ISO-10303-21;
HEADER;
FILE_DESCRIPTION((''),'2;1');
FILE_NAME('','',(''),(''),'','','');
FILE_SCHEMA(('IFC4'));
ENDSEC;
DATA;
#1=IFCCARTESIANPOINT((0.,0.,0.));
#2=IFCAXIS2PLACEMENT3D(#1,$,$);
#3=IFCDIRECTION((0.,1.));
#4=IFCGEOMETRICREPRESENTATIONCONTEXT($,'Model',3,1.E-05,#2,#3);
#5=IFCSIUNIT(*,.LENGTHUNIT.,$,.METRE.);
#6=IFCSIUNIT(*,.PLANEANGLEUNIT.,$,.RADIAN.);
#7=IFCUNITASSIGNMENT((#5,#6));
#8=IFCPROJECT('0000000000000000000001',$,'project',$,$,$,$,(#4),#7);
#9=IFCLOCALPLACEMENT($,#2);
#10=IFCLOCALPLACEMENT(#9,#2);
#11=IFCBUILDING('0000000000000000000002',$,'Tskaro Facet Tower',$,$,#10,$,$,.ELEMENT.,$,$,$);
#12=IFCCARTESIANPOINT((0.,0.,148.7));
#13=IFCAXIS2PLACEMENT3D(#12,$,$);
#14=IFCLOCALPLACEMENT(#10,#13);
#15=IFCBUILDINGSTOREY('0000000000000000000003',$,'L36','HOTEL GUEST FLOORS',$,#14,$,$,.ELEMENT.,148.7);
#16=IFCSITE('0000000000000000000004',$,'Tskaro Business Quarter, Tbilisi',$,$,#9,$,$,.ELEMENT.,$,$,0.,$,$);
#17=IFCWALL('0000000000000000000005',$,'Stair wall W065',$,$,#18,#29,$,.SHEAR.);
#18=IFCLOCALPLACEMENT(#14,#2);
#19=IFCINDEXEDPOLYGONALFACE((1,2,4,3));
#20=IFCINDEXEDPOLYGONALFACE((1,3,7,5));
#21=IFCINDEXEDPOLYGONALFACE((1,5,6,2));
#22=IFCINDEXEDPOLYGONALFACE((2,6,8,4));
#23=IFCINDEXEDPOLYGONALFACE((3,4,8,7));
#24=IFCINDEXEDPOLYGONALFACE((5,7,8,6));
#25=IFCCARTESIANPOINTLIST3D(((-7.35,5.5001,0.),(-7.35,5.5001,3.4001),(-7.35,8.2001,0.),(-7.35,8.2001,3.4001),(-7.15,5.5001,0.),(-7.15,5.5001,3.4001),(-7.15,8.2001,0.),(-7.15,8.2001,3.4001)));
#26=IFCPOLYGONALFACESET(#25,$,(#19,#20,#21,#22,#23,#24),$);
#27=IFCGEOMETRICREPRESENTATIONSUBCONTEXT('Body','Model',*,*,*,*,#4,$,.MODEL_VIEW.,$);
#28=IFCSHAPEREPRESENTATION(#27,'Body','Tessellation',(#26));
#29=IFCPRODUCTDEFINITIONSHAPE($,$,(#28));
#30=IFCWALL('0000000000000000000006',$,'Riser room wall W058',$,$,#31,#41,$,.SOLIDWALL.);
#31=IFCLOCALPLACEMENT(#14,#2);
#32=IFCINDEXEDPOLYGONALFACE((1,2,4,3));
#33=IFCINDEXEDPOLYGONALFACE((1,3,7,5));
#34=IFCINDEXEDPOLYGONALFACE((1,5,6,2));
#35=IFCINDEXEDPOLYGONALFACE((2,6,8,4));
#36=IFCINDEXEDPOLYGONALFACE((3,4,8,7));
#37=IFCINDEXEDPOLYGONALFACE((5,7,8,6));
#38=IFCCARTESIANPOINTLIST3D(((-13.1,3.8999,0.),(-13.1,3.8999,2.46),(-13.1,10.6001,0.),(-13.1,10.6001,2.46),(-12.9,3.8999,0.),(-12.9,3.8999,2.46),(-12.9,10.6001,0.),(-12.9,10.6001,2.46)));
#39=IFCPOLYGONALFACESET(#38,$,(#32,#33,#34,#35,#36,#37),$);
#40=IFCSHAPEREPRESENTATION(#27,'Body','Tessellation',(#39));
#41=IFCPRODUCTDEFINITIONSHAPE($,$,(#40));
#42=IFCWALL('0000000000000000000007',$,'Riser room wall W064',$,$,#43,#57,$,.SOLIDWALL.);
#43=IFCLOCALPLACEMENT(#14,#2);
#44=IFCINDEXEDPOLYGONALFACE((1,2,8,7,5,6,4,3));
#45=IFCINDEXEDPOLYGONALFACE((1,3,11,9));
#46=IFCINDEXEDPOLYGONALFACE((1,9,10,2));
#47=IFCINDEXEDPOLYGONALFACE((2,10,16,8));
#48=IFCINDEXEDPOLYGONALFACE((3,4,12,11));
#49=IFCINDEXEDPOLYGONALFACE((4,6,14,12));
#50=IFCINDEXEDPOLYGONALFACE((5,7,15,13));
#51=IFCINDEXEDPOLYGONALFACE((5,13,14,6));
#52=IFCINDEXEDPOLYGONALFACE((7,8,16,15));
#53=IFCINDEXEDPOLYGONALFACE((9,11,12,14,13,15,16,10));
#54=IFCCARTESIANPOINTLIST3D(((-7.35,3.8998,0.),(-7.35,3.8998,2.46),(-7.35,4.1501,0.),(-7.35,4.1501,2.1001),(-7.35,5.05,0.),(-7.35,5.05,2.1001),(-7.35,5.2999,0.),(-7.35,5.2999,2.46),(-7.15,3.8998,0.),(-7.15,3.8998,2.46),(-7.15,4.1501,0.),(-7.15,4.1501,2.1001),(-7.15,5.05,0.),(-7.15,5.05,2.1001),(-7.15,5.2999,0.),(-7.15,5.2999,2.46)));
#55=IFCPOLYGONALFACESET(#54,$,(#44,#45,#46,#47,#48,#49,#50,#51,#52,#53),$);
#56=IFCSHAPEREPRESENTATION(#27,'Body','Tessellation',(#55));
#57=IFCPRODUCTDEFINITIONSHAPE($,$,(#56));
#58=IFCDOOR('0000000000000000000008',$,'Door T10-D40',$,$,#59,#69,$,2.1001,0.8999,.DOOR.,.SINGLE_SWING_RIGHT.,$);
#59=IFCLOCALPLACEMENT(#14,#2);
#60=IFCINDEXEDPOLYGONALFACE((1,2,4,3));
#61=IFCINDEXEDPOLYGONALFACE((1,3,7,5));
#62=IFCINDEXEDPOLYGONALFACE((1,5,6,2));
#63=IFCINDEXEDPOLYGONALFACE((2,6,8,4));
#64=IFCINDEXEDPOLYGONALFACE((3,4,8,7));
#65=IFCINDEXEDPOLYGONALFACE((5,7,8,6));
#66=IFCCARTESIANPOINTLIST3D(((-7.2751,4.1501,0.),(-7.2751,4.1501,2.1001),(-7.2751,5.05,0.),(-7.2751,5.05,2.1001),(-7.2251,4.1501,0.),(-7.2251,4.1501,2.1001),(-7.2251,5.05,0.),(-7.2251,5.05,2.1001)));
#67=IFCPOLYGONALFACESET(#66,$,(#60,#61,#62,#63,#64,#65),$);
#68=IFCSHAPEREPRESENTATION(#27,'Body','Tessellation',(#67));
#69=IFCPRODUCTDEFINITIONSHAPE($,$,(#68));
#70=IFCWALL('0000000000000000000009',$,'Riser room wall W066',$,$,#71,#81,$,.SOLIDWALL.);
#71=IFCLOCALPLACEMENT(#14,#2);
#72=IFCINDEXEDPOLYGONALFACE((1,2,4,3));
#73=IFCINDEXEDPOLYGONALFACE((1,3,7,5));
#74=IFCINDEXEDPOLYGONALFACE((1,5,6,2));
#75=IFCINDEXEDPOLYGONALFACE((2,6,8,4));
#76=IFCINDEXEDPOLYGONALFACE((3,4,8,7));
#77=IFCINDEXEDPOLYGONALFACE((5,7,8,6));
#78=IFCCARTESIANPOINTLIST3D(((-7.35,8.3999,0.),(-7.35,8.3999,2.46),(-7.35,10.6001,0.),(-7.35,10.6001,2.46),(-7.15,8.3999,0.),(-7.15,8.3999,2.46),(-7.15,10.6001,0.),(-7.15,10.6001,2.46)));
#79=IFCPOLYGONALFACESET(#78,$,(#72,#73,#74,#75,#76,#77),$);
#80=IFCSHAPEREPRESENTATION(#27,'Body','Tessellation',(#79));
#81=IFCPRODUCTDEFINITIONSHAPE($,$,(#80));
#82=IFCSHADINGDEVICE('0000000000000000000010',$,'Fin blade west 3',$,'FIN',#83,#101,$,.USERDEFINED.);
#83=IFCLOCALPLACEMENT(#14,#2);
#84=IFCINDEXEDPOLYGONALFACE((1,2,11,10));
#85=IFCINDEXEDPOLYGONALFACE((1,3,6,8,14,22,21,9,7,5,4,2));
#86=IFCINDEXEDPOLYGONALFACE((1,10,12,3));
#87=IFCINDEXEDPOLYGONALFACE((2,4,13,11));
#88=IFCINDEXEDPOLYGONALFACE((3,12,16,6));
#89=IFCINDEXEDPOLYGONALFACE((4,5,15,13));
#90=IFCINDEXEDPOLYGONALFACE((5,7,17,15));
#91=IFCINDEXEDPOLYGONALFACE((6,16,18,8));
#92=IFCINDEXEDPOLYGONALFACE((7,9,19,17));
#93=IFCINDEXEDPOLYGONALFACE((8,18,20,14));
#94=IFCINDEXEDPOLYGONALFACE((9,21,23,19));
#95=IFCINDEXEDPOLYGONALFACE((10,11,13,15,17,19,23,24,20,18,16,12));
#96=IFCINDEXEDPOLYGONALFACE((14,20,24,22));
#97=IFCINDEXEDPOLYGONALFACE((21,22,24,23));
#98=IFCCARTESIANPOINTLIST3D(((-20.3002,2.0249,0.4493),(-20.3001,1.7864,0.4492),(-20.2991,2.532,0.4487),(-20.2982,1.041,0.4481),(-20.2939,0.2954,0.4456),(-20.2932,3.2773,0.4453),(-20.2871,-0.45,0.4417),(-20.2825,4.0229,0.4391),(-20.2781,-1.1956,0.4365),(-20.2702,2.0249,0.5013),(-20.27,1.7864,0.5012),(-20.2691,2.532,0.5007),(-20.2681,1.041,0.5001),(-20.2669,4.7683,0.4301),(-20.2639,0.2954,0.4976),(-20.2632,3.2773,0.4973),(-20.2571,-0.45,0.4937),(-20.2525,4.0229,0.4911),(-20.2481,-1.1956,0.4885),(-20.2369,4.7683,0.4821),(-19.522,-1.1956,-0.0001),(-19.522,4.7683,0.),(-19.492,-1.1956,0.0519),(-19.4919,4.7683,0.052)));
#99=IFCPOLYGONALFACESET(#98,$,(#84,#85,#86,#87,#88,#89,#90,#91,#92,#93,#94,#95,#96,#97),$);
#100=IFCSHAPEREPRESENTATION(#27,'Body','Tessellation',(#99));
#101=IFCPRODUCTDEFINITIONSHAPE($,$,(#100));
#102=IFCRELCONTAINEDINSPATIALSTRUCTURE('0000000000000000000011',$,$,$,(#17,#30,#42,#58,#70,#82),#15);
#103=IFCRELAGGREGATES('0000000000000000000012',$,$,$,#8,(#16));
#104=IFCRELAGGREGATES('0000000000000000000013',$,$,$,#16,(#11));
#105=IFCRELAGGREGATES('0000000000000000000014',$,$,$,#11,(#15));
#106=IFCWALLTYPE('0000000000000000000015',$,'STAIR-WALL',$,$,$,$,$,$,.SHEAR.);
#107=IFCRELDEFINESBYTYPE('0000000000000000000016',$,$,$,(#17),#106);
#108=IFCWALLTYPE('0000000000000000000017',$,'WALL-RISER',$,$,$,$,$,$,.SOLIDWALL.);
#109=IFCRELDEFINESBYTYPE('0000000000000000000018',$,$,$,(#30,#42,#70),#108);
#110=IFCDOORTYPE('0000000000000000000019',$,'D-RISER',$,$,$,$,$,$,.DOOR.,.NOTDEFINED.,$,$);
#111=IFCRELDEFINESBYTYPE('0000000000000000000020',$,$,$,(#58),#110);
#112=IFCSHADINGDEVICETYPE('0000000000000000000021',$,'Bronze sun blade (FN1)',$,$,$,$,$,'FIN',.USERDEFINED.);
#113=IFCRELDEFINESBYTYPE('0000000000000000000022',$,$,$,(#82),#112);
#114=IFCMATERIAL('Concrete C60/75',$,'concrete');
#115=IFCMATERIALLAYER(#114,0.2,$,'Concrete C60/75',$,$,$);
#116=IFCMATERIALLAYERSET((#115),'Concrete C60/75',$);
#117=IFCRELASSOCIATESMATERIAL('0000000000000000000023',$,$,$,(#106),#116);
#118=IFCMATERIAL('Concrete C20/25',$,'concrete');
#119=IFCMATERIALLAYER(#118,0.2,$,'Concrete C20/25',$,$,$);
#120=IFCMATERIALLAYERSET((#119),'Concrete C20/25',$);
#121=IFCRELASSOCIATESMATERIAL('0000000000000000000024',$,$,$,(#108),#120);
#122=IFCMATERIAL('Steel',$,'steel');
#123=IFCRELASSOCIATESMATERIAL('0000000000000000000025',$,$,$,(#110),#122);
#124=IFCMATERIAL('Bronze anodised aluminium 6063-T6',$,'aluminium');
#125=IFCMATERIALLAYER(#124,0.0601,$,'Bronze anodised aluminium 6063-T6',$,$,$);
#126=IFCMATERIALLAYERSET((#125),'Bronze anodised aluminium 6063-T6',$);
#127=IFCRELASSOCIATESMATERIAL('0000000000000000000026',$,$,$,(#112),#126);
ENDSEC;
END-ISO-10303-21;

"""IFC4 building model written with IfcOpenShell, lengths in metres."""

from ifc_helpers import new_model, si_unit, direction, frame, frame_2d, origin, place, context, subcontext, project, spatial, polyline, rectangle, outline, extrude, material, layer, layer_set, type_object, element, fill, save


model = new_model("IFC4")

# Units and contexts
model_context = context("Model", 3, precision=1e-05, world=origin(), true_north=direction((0.0, 1.0)))
body_context = subcontext(model_context, "Body", "Model", "MODEL_VIEW")
ifc_project = project(units=[si_unit("LENGTHUNIT", "METRE"), si_unit("PLANEANGLEUNIT", "RADIAN")], contexts=[model_context])

# Site, building, storey
site_placement = place(None, origin())
site = spatial("IfcSite", under=ifc_project, at=site_placement, Name="Tskaro Business Quarter, Tbilisi", CompositionType="ELEMENT", RefElevation=0.0)
building_placement = place(site_placement, origin())
building = spatial("IfcBuilding", under=site, at=building_placement, Name="Tskaro Facet Tower", CompositionType="ELEMENT")
storey_placement = place(building_placement, frame((0.0, 0.0, 148.7)))
storey = spatial("IfcBuildingStorey", under=building, at=storey_placement, Name="L36", Description="HOTEL GUEST FLOORS", CompositionType="ELEMENT", Elevation=148.7)

# Shared definitions
ifc_material_1 = material(Name="Bronze anodised aluminium 6063-T6", Category="aluminium")

# Shared definitions
ifc_material_2 = material(Name="Concrete C60/75", Category="concrete")

# Walls
ifc_layer_1 = layer(ifc_material_2, 0.2, Name="Concrete C60/75")
ifc_layer_set_1 = layer_set([ifc_layer_1], Name="Concrete C60/75")
wall_type_1 = type_object("IfcWallType", Name="STAIR-WALL", PredefinedType="SHEAR", material=ifc_layer_set_1)
wall_1_placement = place(storey_placement, frame((-7.25, 5.5, 0.0), z_axis=(0.0, 0.0, 1.0), x_axis=(0.0, 1.0, 0.0)))
element("IfcWall", 1, at=wall_1_placement, inside=storey, type_object=wall_type_1, Name="Stair wall W065", PredefinedType="SHEAR", context=body_context, shape_type="SweptSolid", body=[
    extrude(rectangle(XDim=2.7, YDim=0.2, at=frame_2d((1.3501, 0.0))), origin(), (0.0, 0.0, 1.0), 3.4001),
])
ifc_material_3 = material(Name="Concrete C20/25", Category="concrete")
ifc_layer_2 = layer(ifc_material_3, 0.2, Name="Concrete C20/25")
ifc_layer_set_2 = layer_set([ifc_layer_2], Name="Concrete C20/25")
wall_type_2 = type_object("IfcWallType", Name="WALL-RISER", PredefinedType="SOLIDWALL", material=ifc_layer_set_2)
wall_2_placement = place(storey_placement, frame((-13.0, 3.8999, 0.0), z_axis=(0.0, 0.0, 1.0), x_axis=(0.0, 1.0, 0.0)))
element("IfcWall", 2, at=wall_2_placement, inside=storey, type_object=wall_type_2, Name="Riser room wall W058", PredefinedType="SOLIDWALL", context=body_context, shape_type="SweptSolid", body=[
    extrude(rectangle(XDim=6.7002, YDim=0.2, at=frame_2d((3.3501, 0.0))), origin(), (0.0, 0.0, 1.0), 2.46),
])

# Wall, opening, door
wall_3_placement = place(storey_placement, frame((-7.25, 5.3, 0.0), z_axis=(0.0, 0.0, 1.0), x_axis=(0.0, -1.0, 0.0)))
wall_3 = element("IfcWall", 3, at=wall_3_placement, inside=storey, type_object=wall_type_2, Name="Riser room wall W064", PredefinedType="SOLIDWALL", context=body_context, shape_type="SweptSolid", body=[
    extrude(rectangle(XDim=1.4001, YDim=0.2, at=frame_2d((0.7002, 0.0))), origin(), (0.0, 0.0, 1.0), 2.46),
])
opening_1_placement = place(wall_3_placement, frame((0.25, 0.0, 0.0)))
opening_1 = element("IfcOpeningElement", 4, at=opening_1_placement, cuts=wall_3, PredefinedType="OPENING", context=body_context, shape_type="SweptSolid", body=[
    extrude(rectangle(XDim=0.8999, YDim=2.1001, at=frame_2d((0.45, 1.05))), frame((0.0, 0.1099, 0.0), z_axis=(0.0, -1.0, 0.0), x_axis=(1.0, 0.0, 0.0)), (0.0, 0.0, 1.0), 0.22),
])
ifc_material_4 = material(Name="Steel", Category="steel")
door_type_1 = type_object("IfcDoorType", Name="D-RISER", OperationType="NOTDEFINED", PredefinedType="DOOR", material=ifc_material_4)
door_1_placement = place(opening_1_placement, origin())
door_1 = element("IfcDoor", 5, at=door_1_placement, inside=storey, type_object=door_type_1, Name="Door T10-D40", OperationType="SINGLE_SWING_RIGHT", OverallHeight=2.1001, OverallWidth=0.8999, PredefinedType="DOOR", context=body_context, shape_type="SweptSolid", body=[
    extrude(rectangle(XDim=0.8999, YDim=2.1001, at=frame_2d((0.45, 1.05))), frame((0.0, 0.0249, 0.0), z_axis=(0.0, -1.0, 0.0), x_axis=(1.0, 0.0, 0.0)), (0.0, 0.0, 1.0), 0.05),
])
fill(opening_1, door_1)

# Wall
wall_4_placement = place(storey_placement, frame((-7.25, 8.3999, 0.0), z_axis=(0.0, 0.0, 1.0), x_axis=(0.0, 1.0, 0.0)))
element("IfcWall", 6, at=wall_4_placement, inside=storey, type_object=wall_type_2, Name="Riser room wall W066", PredefinedType="SOLIDWALL", context=body_context, shape_type="SweptSolid", body=[
    extrude(rectangle(XDim=2.2002, YDim=0.2, at=frame_2d((1.1001, 0.0))), origin(), (0.0, 0.0, 1.0), 2.46),
])

# Shading device
ifc_layer_3 = layer(ifc_material_1, 0.0601, Name="Bronze anodised aluminium 6063-T6")
ifc_layer_set_3 = layer_set([ifc_layer_3], Name="Bronze anodised aluminium 6063-T6")
shading_device_type = type_object("IfcShadingDeviceType", Name="Bronze sun blade (FN1)", ElementType="FIN", PredefinedType="USERDEFINED", material=ifc_layer_set_3)
shading_device_placement = place(storey_placement, frame((-19.4919, 4.7683, 0.052), z_axis=(0.500012, -0.00001, 0.866018), x_axis=(-0.000005, -1.0, -0.000009)))
element("IfcShadingDevice", 7, at=shading_device_placement, inside=storey, type_object=shading_device_type, Name="Fin blade west 3", ObjectType="FIN", PredefinedType="USERDEFINED", context=body_context, shape_type="SweptSolid", body=[
    extrude(outline(polyline([(0.0, 0.0), (5.9639, 0.0), (5.9639, -0.8731), (5.2183, -0.8835), (4.4729, -0.8913), (3.7273, -0.8963), (2.9819, -0.8984), (2.7434, -0.8987), (2.2363, -0.8974), (1.491, -0.8906), (0.7454, -0.8782), (0.0, -0.8602), (0.0, 0.0)])), origin(), (0.0, 0.0, -1.0), 0.0601),
])

save(model, "model.ifc")
